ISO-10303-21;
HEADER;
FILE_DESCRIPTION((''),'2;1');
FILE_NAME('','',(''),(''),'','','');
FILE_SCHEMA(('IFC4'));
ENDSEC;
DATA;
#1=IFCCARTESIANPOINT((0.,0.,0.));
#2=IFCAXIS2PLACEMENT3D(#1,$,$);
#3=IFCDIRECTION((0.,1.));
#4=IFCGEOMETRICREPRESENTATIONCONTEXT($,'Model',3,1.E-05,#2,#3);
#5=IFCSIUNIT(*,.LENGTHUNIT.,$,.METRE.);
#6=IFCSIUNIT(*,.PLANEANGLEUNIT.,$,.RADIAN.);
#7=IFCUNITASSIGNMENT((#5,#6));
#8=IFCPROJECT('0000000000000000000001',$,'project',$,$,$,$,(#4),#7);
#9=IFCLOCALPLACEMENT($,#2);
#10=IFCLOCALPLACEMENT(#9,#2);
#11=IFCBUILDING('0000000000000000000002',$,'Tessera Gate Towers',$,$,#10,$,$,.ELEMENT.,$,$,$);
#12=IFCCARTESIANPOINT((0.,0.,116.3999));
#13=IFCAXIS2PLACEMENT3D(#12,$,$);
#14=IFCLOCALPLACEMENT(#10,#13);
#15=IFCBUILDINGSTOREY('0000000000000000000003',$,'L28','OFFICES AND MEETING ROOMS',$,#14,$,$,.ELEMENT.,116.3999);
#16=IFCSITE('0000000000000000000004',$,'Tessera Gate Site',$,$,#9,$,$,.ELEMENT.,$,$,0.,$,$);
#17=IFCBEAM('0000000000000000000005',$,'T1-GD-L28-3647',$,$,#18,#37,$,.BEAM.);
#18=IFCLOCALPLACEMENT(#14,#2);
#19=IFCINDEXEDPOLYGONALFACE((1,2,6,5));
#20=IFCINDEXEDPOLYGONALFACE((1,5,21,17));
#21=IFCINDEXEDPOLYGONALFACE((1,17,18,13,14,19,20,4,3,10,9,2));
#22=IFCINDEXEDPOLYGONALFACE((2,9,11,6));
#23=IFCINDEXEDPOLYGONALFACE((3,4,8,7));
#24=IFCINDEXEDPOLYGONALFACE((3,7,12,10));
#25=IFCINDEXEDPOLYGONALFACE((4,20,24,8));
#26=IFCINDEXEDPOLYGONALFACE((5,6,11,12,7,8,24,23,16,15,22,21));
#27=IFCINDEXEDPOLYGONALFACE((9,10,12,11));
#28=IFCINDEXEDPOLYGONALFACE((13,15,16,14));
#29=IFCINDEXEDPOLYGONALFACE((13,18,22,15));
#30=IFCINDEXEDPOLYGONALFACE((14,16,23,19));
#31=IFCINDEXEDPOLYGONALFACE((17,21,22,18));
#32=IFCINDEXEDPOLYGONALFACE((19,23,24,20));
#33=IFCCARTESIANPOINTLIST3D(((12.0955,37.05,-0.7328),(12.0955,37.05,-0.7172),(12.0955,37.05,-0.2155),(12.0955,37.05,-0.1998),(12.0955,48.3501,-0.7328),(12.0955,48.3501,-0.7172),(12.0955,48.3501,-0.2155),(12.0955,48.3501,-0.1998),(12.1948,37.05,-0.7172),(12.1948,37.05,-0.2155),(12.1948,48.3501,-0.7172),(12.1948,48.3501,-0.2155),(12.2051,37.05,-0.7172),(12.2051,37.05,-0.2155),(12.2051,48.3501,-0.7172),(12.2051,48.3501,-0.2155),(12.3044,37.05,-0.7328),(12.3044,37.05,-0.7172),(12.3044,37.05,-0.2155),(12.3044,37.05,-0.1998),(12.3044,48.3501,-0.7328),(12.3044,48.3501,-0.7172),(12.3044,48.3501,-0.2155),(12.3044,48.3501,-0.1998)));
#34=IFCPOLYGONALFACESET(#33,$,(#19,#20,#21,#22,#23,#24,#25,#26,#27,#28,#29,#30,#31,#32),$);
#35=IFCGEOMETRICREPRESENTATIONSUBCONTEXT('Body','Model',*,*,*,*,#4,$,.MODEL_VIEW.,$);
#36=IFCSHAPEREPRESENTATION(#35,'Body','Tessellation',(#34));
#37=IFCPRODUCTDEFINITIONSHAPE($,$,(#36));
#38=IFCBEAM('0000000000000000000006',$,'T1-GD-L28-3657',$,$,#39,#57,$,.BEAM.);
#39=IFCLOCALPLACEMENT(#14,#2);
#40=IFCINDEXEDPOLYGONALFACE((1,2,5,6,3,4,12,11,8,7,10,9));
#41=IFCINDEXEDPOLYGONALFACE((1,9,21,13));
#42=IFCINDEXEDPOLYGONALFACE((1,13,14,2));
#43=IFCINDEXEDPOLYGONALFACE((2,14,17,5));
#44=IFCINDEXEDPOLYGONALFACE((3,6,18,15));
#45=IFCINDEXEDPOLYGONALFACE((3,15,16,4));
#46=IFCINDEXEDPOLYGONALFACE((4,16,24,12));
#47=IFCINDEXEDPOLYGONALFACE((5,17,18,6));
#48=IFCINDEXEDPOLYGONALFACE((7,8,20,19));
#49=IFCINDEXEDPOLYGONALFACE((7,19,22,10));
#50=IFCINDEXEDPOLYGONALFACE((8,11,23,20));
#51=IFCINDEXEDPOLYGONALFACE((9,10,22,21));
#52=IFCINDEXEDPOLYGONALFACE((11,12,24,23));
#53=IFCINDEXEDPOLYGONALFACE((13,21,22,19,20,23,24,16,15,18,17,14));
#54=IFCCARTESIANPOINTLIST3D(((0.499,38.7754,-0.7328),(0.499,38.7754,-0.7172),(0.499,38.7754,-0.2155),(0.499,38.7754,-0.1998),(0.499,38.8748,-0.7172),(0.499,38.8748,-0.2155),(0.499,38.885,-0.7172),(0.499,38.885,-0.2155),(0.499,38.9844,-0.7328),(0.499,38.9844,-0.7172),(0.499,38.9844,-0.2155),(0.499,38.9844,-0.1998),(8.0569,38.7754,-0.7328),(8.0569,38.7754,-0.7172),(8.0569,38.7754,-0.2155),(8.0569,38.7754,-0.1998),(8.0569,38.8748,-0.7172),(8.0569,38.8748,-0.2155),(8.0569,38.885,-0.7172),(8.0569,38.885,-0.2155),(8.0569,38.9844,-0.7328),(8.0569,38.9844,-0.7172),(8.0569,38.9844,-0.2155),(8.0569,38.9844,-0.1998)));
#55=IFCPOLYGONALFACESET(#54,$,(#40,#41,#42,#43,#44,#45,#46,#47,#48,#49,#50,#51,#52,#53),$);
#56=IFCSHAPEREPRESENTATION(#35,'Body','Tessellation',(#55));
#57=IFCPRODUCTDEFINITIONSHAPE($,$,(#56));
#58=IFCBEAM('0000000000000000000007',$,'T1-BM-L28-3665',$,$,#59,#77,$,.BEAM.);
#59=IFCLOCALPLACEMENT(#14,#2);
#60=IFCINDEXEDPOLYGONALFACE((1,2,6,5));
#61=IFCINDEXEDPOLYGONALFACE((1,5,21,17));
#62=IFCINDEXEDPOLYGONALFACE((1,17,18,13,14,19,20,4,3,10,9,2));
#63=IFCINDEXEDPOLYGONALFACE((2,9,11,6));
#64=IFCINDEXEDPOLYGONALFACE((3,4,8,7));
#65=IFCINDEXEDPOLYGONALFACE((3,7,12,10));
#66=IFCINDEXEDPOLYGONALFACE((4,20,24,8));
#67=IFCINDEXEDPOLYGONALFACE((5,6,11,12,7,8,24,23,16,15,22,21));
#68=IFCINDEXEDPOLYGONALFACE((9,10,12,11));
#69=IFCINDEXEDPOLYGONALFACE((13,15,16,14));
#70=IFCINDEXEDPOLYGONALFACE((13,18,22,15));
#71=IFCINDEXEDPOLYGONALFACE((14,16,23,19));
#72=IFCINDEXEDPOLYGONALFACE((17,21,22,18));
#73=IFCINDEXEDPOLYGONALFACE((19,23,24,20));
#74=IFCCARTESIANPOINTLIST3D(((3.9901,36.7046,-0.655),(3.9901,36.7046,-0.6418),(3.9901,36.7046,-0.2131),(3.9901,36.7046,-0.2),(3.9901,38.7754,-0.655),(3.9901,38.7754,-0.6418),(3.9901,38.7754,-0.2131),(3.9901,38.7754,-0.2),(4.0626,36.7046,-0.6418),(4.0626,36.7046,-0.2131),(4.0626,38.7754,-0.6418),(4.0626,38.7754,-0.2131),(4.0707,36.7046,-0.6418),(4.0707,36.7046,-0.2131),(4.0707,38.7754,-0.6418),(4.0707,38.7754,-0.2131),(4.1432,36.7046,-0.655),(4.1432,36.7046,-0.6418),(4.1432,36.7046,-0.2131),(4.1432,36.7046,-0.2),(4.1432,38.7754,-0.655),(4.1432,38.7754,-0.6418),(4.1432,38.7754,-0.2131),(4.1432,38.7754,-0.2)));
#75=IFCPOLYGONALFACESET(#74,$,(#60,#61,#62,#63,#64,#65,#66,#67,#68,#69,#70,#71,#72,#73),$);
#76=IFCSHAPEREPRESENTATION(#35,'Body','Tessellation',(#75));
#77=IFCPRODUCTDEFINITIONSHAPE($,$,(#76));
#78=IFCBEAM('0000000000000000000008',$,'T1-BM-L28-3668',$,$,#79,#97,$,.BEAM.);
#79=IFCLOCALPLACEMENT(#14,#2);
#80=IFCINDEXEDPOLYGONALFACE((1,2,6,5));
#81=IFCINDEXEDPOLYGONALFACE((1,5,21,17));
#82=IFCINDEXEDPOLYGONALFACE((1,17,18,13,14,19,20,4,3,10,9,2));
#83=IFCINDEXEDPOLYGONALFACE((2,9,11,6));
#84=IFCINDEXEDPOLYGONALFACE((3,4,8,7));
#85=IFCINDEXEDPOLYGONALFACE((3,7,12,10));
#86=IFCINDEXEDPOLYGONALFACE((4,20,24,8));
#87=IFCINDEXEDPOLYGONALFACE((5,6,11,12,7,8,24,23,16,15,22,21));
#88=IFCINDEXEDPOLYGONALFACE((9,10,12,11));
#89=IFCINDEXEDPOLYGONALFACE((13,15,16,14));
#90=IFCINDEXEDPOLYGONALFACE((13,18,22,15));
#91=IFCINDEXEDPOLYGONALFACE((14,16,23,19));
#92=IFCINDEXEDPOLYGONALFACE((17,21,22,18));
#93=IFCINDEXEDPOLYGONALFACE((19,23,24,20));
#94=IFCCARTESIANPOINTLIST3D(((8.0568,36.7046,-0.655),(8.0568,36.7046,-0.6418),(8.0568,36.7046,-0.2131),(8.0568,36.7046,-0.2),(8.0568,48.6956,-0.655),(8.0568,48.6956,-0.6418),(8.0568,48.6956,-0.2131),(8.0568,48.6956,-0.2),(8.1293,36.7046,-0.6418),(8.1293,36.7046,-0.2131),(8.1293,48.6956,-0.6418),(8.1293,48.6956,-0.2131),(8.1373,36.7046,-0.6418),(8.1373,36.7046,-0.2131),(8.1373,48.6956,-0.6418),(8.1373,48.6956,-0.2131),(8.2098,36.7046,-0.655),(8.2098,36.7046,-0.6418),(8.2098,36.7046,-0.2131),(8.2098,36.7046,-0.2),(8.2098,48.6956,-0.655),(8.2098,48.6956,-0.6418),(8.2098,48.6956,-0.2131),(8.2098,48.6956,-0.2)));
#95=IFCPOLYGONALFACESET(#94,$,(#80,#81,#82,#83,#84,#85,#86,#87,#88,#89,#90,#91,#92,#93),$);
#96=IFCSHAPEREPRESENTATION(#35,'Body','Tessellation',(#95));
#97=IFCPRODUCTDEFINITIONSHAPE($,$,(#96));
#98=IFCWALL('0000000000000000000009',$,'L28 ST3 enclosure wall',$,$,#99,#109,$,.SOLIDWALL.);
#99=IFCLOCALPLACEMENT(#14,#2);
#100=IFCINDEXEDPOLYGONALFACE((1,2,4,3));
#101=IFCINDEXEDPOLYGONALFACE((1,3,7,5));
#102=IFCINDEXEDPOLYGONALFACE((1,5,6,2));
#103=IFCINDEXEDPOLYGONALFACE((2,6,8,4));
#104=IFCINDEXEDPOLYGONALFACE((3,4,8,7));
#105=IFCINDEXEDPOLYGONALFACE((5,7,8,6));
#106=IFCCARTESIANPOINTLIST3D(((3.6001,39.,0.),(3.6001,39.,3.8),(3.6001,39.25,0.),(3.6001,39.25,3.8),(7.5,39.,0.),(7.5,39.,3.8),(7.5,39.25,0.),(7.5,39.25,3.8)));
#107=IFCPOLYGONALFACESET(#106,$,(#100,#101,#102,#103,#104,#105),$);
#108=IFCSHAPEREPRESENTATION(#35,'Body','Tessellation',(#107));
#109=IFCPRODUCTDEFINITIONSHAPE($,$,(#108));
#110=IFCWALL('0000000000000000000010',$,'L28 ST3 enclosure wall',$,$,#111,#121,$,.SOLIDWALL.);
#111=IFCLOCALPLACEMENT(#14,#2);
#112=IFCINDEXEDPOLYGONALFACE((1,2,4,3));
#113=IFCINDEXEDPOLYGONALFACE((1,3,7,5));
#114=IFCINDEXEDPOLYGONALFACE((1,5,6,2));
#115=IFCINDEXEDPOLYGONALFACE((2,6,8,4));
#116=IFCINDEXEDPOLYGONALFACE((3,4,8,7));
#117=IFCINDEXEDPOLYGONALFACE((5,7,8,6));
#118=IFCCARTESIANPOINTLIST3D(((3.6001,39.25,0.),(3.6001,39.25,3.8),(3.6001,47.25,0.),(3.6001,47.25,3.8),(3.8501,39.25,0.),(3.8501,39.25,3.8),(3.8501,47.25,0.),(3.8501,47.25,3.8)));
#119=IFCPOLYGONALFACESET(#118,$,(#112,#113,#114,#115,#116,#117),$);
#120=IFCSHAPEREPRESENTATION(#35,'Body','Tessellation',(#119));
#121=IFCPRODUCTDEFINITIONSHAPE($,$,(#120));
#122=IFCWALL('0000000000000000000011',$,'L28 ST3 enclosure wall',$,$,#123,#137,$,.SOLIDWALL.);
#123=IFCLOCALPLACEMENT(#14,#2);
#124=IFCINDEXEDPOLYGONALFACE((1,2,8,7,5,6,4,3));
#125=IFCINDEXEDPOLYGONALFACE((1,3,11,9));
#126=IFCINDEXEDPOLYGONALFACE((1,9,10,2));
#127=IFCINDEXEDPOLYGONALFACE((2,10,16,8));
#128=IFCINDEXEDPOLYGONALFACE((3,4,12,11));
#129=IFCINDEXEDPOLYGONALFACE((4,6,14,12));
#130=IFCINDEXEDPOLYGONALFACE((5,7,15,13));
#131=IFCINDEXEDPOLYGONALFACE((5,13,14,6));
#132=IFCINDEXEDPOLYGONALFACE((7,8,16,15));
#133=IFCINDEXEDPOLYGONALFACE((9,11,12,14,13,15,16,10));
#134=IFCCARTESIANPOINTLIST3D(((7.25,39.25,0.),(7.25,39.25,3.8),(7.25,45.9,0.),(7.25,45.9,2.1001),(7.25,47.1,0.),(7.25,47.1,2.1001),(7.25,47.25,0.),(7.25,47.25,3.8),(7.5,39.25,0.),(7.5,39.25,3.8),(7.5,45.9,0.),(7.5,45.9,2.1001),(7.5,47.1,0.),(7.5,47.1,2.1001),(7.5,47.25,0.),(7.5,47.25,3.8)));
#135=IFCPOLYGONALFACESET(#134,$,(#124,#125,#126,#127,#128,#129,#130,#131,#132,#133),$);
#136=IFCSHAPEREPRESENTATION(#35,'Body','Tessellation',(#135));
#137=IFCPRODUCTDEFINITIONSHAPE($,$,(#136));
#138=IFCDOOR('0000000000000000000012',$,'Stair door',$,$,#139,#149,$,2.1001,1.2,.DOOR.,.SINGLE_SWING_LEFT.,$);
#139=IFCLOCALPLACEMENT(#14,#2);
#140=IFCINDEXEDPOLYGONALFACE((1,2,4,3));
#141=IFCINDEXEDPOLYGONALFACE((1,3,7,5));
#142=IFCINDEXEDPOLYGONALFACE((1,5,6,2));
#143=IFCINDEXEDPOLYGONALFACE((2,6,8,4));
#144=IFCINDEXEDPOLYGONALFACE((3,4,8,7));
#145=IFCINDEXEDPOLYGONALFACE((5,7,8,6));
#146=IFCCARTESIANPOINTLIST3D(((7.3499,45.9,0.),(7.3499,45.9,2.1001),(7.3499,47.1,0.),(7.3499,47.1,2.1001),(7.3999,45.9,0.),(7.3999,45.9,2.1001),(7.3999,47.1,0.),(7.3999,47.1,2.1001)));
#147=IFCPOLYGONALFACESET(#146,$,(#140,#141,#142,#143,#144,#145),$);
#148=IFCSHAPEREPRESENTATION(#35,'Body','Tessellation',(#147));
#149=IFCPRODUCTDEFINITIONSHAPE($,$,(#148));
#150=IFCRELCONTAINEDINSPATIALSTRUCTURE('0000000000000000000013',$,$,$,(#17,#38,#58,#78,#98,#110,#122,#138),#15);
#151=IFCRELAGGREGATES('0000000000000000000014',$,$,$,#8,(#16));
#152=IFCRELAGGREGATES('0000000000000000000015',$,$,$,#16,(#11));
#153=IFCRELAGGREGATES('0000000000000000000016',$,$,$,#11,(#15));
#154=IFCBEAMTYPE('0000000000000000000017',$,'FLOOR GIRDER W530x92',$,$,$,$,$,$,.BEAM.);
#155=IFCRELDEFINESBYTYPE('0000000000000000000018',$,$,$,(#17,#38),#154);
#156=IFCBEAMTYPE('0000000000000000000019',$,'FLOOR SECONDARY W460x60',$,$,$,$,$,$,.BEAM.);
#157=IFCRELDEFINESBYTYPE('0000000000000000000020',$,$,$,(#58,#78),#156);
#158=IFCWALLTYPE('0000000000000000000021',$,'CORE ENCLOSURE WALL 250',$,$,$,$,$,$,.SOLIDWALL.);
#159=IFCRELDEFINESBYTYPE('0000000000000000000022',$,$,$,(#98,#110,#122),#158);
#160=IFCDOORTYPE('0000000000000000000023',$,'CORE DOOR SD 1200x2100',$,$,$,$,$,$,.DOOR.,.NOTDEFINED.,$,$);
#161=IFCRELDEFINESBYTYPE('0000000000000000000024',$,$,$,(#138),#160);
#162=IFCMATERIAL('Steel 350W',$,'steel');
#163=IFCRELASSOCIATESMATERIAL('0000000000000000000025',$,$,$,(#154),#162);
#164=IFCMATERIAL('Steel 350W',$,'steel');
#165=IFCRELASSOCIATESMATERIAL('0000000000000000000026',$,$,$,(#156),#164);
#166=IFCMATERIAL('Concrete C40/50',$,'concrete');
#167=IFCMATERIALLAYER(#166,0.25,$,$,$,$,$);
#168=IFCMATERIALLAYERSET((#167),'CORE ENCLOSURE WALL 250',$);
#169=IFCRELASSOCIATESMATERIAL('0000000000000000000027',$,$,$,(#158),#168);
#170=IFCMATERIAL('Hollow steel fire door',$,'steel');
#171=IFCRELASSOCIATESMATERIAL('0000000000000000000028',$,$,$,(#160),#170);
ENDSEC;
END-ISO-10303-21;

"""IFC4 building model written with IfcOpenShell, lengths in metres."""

from ifc_helpers import new_model, si_unit, direction, frame, frame_2d, origin, origin_2d, place, context, subcontext, project, spatial, rectangle, i_section, extrude, source, transform, mapped, material, layer, layer_set, material_profile, profile_set, type_object, element, fill, save


model = new_model("IFC4")

# Units and contexts
model_context = context("Model", 3, precision=1e-05, world=origin(), true_north=direction((0.0, 1.0)))
body_context = subcontext(model_context, "Body", "Model", "MODEL_VIEW")
ifc_project = project(units=[si_unit("LENGTHUNIT", "METRE"), si_unit("PLANEANGLEUNIT", "RADIAN")], contexts=[model_context])

# Site, building, storey
site_placement = place(None, origin())
site = spatial("IfcSite", under=ifc_project, at=site_placement, Name="Tessera Gate Site", CompositionType="ELEMENT", RefElevation=0.0)
building_placement = place(site_placement, origin())
building = spatial("IfcBuilding", under=site, at=building_placement, Name="Tessera Gate Towers", CompositionType="ELEMENT")
storey_placement = place(building_placement, frame((0.0, 0.0, 116.3999)))
storey = spatial("IfcBuildingStorey", under=building, at=storey_placement, Name="L28", Description="OFFICES AND MEETING ROOMS", CompositionType="ELEMENT", Elevation=116.3999)

# Beams
ifc_material_1 = material(Name="Steel 350W", Category="steel")
ifc_material_profile_1 = material_profile(ifc_material_1, i_section(OverallWidth=0.209, OverallDepth=0.533, WebThickness=0.0103, FlangeThickness=0.0156, at=origin_2d()), Name="W530x92")
ifc_profile_set_1 = profile_set([ifc_material_profile_1], Name="Steel 350W")
beam_type_1 = type_object("IfcBeamType", Name="FLOOR GIRDER W530x92", PredefinedType="BEAM", material=ifc_profile_set_1)
beam_1_placement = place(storey_placement, frame((12.2, 37.05, -0.4663), z_axis=(0.0, 1.0, 0.0), x_axis=(-1.0, 0.0, 0.0)))
element("IfcBeam", 1, at=beam_1_placement, inside=storey, type_object=beam_type_1, Name="T1-GD-L28-3647", PredefinedType="BEAM", context=body_context, shape_type="SweptSolid", body=[
    extrude(i_section(OverallWidth=0.209, OverallDepth=0.533, WebThickness=0.0103, FlangeThickness=0.0156, at=origin_2d()), origin(), (0.0, 0.0, 1.0), 11.3),
])
beam_2_placement = place(storey_placement, frame((0.499, 38.8799, -0.4663), z_axis=(1.0, 0.0, 0.0), x_axis=(0.0, 1.0, 0.0)))
element("IfcBeam", 2, at=beam_2_placement, inside=storey, type_object=beam_type_1, Name="T1-GD-L28-3657", PredefinedType="BEAM", context=body_context, shape_type="SweptSolid", body=[
    extrude(i_section(OverallWidth=0.209, OverallDepth=0.533, WebThickness=0.0103, FlangeThickness=0.0156, at=origin_2d()), origin(), (0.0, 0.0, 1.0), 7.5579),
])
ifc_material_2 = material(Name="Steel 350W", Category="steel")
ifc_material_profile_2 = material_profile(ifc_material_2, i_section(OverallWidth=0.1531, OverallDepth=0.4551, WebThickness=0.0081, FlangeThickness=0.0132, at=origin_2d()), Name="W460x60")
ifc_profile_set_2 = profile_set([ifc_material_profile_2], Name="Steel 350W")
beam_type_2 = type_object("IfcBeamType", Name="FLOOR SECONDARY W460x60", PredefinedType="BEAM", material=ifc_profile_set_2)
beam_3_placement = place(storey_placement, frame((4.0667, 36.7046, -0.4275), z_axis=(0.0, 1.0, 0.0), x_axis=(-1.0, 0.0, 0.0)))
element("IfcBeam", 3, at=beam_3_placement, inside=storey, type_object=beam_type_2, Name="T1-BM-L28-3665", PredefinedType="BEAM", context=body_context, shape_type="SweptSolid", body=[
    extrude(i_section(OverallWidth=0.1531, OverallDepth=0.4551, WebThickness=0.0081, FlangeThickness=0.0132, at=origin_2d()), origin(), (0.0, 0.0, 1.0), 2.0708),
])
beam_4_placement = place(storey_placement, frame((8.1333, 36.7046, -0.4275), z_axis=(0.0, 1.0, 0.0), x_axis=(-1.0, 0.0, 0.0)))
element("IfcBeam", 4, at=beam_4_placement, inside=storey, type_object=beam_type_2, Name="T1-BM-L28-3668", PredefinedType="BEAM", context=body_context, shape_type="SweptSolid", body=[
    extrude(i_section(OverallWidth=0.1531, OverallDepth=0.4551, WebThickness=0.0081, FlangeThickness=0.0132, at=origin_2d()), origin(), (0.0, 0.0, 1.0), 11.991),
])

# Walls
ifc_material_3 = material(Name="Concrete C40/50", Category="concrete")
ifc_layer_1 = layer(ifc_material_3, 0.25)
ifc_layer_set_1 = layer_set([ifc_layer_1], Name="CORE ENCLOSURE WALL 250")
wall_type_1 = type_object("IfcWallType", Name="CORE ENCLOSURE WALL 250", PredefinedType="SOLIDWALL", material=ifc_layer_set_1)
wall_1_placement = place(storey_placement, frame((7.5, 39.125, 0.0), z_axis=(0.0, 0.0, 1.0), x_axis=(-1.0, 0.0, 0.0)))
element("IfcWall", 5, at=wall_1_placement, inside=storey, type_object=wall_type_1, Name="L28 ST3 enclosure wall", PredefinedType="SOLIDWALL", context=body_context, shape_type="SweptSolid", body=[
    extrude(rectangle(XDim=3.8999, YDim=0.25, at=frame_2d((1.95, 0.0))), origin(), (0.0, 0.0, 1.0), 3.8),
])
wall_2_placement = place(storey_placement, frame((3.7251, 39.25, 0.0), z_axis=(0.0, 0.0, 1.0), x_axis=(0.0, 1.0, 0.0)))
element("IfcWall", 6, at=wall_2_placement, inside=storey, type_object=wall_type_1, Name="L28 ST3 enclosure wall", PredefinedType="SOLIDWALL", context=body_context, shape_type="SweptSolid", body=[
    extrude(rectangle(XDim=8.0, YDim=0.25, at=frame_2d((4.0, 0.0))), origin(), (0.0, 0.0, 1.0), 3.8),
])

# Wall, opening, door
wall_3_placement = place(storey_placement, frame((7.375, 47.25, 0.0), z_axis=(0.0, 0.0, 1.0), x_axis=(0.0, -1.0, 0.0)))
wall_3 = element("IfcWall", 7, at=wall_3_placement, inside=storey, type_object=wall_type_1, Name="L28 ST3 enclosure wall", PredefinedType="SOLIDWALL", context=body_context, shape_type="SweptSolid", body=[
    extrude(rectangle(XDim=8.0, YDim=0.25, at=frame_2d((4.0, 0.0))), origin(), (0.0, 0.0, 1.0), 3.8),
])
shared_shape_1 = source(origin(), body_context, "Body", "SweptSolid", [
    extrude(rectangle(XDim=1.2, YDim=2.1001, at=frame_2d((0.6001, 1.05))), frame((0.0, 0.135, 0.0), z_axis=(0.0, -1.0, 0.0), x_axis=(1.0, 0.0, 0.0)), (0.0, 0.0, 1.0), 0.27),
])
opening_1_placement = place(wall_3_placement, frame((0.1499, 0.0, 0.0)))
opening_1 = element("IfcOpeningElement", 8, at=opening_1_placement, cuts=wall_3, PredefinedType="OPENING", context=body_context, shape_type="MappedRepresentation", body=[
    mapped(shared_shape_1, transform((0.0, 0.0, 0.0), scale=1.0)),
])
ifc_material_4 = material(Name="Hollow steel fire door", Category="steel")
door_type_1 = type_object("IfcDoorType", Name="CORE DOOR SD 1200x2100", OperationType="NOTDEFINED", PredefinedType="DOOR", material=ifc_material_4)
shared_shape_2 = source(origin(), body_context, "Body", "SweptSolid", [
    extrude(rectangle(XDim=1.2, YDim=2.1001, at=frame_2d((0.6001, 1.05))), frame((0.0, 0.0249, 0.0), z_axis=(0.0, -1.0, 0.0), x_axis=(1.0, 0.0, 0.0)), (0.0, 0.0, 1.0), 0.05),
])
door_1_placement = place(opening_1_placement, origin())
door_1 = element("IfcDoor", 9, at=door_1_placement, inside=storey, type_object=door_type_1, Name="Stair door", OperationType="SINGLE_SWING_LEFT", OverallHeight=2.1001, OverallWidth=1.2, PredefinedType="DOOR", context=body_context, shape_type="MappedRepresentation", body=[
    mapped(shared_shape_2, transform((0.0, 0.0, 0.0), scale=1.0)),
])
fill(opening_1, door_1)

save(model, "model.ifc")
